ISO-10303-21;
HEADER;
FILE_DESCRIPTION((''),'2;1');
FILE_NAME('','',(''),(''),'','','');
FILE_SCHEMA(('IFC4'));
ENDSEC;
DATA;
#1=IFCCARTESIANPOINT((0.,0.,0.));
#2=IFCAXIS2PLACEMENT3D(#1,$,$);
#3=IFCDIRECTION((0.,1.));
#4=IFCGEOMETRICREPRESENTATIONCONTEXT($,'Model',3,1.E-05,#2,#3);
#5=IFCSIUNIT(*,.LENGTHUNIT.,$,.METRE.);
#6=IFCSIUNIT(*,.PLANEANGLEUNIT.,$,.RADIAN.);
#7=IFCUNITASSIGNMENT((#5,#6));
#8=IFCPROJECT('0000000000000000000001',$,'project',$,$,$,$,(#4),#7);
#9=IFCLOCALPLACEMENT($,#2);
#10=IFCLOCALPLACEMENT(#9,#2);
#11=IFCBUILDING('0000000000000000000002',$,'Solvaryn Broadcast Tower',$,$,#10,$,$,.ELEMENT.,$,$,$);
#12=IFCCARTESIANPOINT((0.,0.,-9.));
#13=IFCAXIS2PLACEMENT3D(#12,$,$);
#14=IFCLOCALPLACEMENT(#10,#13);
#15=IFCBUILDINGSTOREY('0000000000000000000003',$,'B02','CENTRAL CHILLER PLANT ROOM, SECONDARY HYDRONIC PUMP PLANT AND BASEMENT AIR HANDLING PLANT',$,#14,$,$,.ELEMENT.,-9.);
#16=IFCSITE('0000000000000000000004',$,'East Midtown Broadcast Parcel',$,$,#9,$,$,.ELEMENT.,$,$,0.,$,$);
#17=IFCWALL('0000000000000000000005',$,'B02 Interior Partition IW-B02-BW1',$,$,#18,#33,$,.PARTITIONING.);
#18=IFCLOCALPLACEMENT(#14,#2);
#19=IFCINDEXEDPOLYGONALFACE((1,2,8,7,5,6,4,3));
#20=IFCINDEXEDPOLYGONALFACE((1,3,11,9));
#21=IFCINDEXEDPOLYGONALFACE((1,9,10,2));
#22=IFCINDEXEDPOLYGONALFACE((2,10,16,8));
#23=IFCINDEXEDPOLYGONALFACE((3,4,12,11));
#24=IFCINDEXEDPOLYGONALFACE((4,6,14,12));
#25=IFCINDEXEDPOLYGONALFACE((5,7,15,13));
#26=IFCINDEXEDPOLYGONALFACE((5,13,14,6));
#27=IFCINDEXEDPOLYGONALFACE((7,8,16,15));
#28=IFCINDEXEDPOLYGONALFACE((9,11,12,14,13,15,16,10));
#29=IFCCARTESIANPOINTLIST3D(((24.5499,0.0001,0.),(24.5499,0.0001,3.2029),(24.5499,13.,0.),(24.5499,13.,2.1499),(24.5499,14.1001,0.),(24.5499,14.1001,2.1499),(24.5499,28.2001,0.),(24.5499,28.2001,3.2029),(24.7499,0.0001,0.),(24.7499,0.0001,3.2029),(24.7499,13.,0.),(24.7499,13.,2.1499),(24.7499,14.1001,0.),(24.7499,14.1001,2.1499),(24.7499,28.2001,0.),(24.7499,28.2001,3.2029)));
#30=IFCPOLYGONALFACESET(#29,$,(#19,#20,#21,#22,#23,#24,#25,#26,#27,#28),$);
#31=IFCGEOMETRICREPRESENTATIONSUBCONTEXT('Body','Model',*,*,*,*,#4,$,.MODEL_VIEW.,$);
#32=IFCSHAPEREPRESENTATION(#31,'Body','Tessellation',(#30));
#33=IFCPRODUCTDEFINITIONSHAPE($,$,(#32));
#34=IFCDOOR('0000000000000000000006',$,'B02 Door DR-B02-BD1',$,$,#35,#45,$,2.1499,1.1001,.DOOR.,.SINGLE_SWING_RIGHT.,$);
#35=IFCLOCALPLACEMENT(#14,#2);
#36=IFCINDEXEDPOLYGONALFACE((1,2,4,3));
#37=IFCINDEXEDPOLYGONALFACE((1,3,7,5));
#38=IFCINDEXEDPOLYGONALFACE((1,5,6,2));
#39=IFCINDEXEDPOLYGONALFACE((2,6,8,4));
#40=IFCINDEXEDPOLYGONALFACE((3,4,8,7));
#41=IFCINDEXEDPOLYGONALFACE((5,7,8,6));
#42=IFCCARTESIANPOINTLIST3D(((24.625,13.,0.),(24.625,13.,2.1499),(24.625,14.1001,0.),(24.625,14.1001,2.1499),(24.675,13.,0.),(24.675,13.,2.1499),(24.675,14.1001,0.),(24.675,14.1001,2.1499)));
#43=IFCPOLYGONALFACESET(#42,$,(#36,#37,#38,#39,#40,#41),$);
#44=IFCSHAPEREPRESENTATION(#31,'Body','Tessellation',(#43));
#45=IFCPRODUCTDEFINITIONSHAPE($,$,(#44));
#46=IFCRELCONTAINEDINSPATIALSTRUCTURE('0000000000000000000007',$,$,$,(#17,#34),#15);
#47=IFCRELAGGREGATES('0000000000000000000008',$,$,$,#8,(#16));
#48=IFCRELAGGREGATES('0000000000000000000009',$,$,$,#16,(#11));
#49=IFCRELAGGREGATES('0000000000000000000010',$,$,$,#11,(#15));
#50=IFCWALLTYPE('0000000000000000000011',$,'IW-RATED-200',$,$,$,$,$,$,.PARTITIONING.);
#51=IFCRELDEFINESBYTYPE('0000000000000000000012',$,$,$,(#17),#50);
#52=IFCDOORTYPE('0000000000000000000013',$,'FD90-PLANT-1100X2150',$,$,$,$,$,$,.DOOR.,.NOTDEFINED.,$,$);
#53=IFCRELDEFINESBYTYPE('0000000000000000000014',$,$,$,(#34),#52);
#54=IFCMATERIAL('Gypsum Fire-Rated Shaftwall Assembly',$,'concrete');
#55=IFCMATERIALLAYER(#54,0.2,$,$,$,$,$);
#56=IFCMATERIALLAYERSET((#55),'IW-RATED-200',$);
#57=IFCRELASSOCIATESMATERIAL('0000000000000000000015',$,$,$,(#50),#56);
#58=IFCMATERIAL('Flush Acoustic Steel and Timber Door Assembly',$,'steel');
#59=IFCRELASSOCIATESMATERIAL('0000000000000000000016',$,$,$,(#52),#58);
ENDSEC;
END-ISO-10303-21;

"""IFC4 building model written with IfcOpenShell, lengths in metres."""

from ifc_helpers import new_model, si_unit, direction, frame, frame_2d, origin, place, context, subcontext, project, spatial, rectangle, extrude, material, layer, layer_set, type_object, element, fill, save


model = new_model("IFC4")

# Units and contexts
model_context = context("Model", 3, precision=1e-05, world=origin(), true_north=direction((0.0, 1.0)))
body_context = subcontext(model_context, "Body", "Model", "MODEL_VIEW")
ifc_project = project(units=[si_unit("LENGTHUNIT", "METRE"), si_unit("PLANEANGLEUNIT", "RADIAN")], contexts=[model_context])

# Site, building, storey
site_placement = place(None, origin())
site = spatial("IfcSite", under=ifc_project, at=site_placement, Name="East Midtown Broadcast Parcel", CompositionType="ELEMENT", RefElevation=0.0)
building_placement = place(site_placement, origin())
building = spatial("IfcBuilding", under=site, at=building_placement, Name="Solvaryn Broadcast Tower", CompositionType="ELEMENT")
storey_placement = place(building_placement, frame((0.0, 0.0, -9.0)))
storey = spatial("IfcBuildingStorey", under=building, at=storey_placement, Name="B02", Description="CENTRAL CHILLER PLANT ROOM, SECONDARY HYDRONIC PUMP PLANT AND BASEMENT AIR HANDLING PLANT", CompositionType="ELEMENT", Elevation=-9.0)

# Wall, opening, door
ifc_material_1 = material(Name="Gypsum Fire-Rated Shaftwall Assembly", Category="concrete")
ifc_layer_1 = layer(ifc_material_1, 0.2)
ifc_layer_set_1 = layer_set([ifc_layer_1], Name="IW-RATED-200")
wall_type_1 = type_object("IfcWallType", Name="IW-RATED-200", PredefinedType="PARTITIONING", material=ifc_layer_set_1)
wall_placement = place(storey_placement, frame((24.6499, 0.0, 0.0), z_axis=(0.0, 0.0, 1.0), x_axis=(0.0, 1.0, 0.0)))
wall = element("IfcWall", 1, at=wall_placement, inside=storey, type_object=wall_type_1, Name="B02 Interior Partition IW-B02-BW1", PredefinedType="PARTITIONING", context=body_context, shape_type="SweptSolid", body=[
    extrude(rectangle(XDim=28.2, YDim=0.2, at=frame_2d((14.1001, 0.0))), origin(), (0.0, 0.0, 1.0), 3.2029),
])
opening_placement = place(wall_placement, frame((13.0, 0.0, 0.0)))
opening = element("IfcOpeningElement", 2, at=opening_placement, cuts=wall, PredefinedType="OPENING", context=body_context, shape_type="SweptSolid", body=[
    extrude(rectangle(XDim=1.1001, YDim=2.1499, at=frame_2d((0.55, 1.075))), frame((0.0, 0.1101, 0.0), z_axis=(0.0, -1.0, 0.0), x_axis=(1.0, 0.0, 0.0)), (0.0, 0.0, 1.0), 0.22),
])
ifc_material_2 = material(Name="Flush Acoustic Steel and Timber Door Assembly", Category="steel")
door_type = type_object("IfcDoorType", Name="FD90-PLANT-1100X2150", OperationType="NOTDEFINED", PredefinedType="DOOR", material=ifc_material_2)
door_placement = place(opening_placement, origin())
door = element("IfcDoor", 3, at=door_placement, inside=storey, type_object=door_type, Name="B02 Door DR-B02-BD1", OperationType="SINGLE_SWING_RIGHT", OverallHeight=2.1499, OverallWidth=1.1001, PredefinedType="DOOR", context=body_context, shape_type="SweptSolid", body=[
    extrude(rectangle(XDim=1.1001, YDim=2.1499, at=frame_2d((0.55, 1.075))), frame((0.0, 0.0249, 0.0), z_axis=(0.0, -1.0, 0.0), x_axis=(1.0, 0.0, 0.0)), (0.0, 0.0, 1.0), 0.05),
])
fill(opening, door)

save(model, "model.ifc")
